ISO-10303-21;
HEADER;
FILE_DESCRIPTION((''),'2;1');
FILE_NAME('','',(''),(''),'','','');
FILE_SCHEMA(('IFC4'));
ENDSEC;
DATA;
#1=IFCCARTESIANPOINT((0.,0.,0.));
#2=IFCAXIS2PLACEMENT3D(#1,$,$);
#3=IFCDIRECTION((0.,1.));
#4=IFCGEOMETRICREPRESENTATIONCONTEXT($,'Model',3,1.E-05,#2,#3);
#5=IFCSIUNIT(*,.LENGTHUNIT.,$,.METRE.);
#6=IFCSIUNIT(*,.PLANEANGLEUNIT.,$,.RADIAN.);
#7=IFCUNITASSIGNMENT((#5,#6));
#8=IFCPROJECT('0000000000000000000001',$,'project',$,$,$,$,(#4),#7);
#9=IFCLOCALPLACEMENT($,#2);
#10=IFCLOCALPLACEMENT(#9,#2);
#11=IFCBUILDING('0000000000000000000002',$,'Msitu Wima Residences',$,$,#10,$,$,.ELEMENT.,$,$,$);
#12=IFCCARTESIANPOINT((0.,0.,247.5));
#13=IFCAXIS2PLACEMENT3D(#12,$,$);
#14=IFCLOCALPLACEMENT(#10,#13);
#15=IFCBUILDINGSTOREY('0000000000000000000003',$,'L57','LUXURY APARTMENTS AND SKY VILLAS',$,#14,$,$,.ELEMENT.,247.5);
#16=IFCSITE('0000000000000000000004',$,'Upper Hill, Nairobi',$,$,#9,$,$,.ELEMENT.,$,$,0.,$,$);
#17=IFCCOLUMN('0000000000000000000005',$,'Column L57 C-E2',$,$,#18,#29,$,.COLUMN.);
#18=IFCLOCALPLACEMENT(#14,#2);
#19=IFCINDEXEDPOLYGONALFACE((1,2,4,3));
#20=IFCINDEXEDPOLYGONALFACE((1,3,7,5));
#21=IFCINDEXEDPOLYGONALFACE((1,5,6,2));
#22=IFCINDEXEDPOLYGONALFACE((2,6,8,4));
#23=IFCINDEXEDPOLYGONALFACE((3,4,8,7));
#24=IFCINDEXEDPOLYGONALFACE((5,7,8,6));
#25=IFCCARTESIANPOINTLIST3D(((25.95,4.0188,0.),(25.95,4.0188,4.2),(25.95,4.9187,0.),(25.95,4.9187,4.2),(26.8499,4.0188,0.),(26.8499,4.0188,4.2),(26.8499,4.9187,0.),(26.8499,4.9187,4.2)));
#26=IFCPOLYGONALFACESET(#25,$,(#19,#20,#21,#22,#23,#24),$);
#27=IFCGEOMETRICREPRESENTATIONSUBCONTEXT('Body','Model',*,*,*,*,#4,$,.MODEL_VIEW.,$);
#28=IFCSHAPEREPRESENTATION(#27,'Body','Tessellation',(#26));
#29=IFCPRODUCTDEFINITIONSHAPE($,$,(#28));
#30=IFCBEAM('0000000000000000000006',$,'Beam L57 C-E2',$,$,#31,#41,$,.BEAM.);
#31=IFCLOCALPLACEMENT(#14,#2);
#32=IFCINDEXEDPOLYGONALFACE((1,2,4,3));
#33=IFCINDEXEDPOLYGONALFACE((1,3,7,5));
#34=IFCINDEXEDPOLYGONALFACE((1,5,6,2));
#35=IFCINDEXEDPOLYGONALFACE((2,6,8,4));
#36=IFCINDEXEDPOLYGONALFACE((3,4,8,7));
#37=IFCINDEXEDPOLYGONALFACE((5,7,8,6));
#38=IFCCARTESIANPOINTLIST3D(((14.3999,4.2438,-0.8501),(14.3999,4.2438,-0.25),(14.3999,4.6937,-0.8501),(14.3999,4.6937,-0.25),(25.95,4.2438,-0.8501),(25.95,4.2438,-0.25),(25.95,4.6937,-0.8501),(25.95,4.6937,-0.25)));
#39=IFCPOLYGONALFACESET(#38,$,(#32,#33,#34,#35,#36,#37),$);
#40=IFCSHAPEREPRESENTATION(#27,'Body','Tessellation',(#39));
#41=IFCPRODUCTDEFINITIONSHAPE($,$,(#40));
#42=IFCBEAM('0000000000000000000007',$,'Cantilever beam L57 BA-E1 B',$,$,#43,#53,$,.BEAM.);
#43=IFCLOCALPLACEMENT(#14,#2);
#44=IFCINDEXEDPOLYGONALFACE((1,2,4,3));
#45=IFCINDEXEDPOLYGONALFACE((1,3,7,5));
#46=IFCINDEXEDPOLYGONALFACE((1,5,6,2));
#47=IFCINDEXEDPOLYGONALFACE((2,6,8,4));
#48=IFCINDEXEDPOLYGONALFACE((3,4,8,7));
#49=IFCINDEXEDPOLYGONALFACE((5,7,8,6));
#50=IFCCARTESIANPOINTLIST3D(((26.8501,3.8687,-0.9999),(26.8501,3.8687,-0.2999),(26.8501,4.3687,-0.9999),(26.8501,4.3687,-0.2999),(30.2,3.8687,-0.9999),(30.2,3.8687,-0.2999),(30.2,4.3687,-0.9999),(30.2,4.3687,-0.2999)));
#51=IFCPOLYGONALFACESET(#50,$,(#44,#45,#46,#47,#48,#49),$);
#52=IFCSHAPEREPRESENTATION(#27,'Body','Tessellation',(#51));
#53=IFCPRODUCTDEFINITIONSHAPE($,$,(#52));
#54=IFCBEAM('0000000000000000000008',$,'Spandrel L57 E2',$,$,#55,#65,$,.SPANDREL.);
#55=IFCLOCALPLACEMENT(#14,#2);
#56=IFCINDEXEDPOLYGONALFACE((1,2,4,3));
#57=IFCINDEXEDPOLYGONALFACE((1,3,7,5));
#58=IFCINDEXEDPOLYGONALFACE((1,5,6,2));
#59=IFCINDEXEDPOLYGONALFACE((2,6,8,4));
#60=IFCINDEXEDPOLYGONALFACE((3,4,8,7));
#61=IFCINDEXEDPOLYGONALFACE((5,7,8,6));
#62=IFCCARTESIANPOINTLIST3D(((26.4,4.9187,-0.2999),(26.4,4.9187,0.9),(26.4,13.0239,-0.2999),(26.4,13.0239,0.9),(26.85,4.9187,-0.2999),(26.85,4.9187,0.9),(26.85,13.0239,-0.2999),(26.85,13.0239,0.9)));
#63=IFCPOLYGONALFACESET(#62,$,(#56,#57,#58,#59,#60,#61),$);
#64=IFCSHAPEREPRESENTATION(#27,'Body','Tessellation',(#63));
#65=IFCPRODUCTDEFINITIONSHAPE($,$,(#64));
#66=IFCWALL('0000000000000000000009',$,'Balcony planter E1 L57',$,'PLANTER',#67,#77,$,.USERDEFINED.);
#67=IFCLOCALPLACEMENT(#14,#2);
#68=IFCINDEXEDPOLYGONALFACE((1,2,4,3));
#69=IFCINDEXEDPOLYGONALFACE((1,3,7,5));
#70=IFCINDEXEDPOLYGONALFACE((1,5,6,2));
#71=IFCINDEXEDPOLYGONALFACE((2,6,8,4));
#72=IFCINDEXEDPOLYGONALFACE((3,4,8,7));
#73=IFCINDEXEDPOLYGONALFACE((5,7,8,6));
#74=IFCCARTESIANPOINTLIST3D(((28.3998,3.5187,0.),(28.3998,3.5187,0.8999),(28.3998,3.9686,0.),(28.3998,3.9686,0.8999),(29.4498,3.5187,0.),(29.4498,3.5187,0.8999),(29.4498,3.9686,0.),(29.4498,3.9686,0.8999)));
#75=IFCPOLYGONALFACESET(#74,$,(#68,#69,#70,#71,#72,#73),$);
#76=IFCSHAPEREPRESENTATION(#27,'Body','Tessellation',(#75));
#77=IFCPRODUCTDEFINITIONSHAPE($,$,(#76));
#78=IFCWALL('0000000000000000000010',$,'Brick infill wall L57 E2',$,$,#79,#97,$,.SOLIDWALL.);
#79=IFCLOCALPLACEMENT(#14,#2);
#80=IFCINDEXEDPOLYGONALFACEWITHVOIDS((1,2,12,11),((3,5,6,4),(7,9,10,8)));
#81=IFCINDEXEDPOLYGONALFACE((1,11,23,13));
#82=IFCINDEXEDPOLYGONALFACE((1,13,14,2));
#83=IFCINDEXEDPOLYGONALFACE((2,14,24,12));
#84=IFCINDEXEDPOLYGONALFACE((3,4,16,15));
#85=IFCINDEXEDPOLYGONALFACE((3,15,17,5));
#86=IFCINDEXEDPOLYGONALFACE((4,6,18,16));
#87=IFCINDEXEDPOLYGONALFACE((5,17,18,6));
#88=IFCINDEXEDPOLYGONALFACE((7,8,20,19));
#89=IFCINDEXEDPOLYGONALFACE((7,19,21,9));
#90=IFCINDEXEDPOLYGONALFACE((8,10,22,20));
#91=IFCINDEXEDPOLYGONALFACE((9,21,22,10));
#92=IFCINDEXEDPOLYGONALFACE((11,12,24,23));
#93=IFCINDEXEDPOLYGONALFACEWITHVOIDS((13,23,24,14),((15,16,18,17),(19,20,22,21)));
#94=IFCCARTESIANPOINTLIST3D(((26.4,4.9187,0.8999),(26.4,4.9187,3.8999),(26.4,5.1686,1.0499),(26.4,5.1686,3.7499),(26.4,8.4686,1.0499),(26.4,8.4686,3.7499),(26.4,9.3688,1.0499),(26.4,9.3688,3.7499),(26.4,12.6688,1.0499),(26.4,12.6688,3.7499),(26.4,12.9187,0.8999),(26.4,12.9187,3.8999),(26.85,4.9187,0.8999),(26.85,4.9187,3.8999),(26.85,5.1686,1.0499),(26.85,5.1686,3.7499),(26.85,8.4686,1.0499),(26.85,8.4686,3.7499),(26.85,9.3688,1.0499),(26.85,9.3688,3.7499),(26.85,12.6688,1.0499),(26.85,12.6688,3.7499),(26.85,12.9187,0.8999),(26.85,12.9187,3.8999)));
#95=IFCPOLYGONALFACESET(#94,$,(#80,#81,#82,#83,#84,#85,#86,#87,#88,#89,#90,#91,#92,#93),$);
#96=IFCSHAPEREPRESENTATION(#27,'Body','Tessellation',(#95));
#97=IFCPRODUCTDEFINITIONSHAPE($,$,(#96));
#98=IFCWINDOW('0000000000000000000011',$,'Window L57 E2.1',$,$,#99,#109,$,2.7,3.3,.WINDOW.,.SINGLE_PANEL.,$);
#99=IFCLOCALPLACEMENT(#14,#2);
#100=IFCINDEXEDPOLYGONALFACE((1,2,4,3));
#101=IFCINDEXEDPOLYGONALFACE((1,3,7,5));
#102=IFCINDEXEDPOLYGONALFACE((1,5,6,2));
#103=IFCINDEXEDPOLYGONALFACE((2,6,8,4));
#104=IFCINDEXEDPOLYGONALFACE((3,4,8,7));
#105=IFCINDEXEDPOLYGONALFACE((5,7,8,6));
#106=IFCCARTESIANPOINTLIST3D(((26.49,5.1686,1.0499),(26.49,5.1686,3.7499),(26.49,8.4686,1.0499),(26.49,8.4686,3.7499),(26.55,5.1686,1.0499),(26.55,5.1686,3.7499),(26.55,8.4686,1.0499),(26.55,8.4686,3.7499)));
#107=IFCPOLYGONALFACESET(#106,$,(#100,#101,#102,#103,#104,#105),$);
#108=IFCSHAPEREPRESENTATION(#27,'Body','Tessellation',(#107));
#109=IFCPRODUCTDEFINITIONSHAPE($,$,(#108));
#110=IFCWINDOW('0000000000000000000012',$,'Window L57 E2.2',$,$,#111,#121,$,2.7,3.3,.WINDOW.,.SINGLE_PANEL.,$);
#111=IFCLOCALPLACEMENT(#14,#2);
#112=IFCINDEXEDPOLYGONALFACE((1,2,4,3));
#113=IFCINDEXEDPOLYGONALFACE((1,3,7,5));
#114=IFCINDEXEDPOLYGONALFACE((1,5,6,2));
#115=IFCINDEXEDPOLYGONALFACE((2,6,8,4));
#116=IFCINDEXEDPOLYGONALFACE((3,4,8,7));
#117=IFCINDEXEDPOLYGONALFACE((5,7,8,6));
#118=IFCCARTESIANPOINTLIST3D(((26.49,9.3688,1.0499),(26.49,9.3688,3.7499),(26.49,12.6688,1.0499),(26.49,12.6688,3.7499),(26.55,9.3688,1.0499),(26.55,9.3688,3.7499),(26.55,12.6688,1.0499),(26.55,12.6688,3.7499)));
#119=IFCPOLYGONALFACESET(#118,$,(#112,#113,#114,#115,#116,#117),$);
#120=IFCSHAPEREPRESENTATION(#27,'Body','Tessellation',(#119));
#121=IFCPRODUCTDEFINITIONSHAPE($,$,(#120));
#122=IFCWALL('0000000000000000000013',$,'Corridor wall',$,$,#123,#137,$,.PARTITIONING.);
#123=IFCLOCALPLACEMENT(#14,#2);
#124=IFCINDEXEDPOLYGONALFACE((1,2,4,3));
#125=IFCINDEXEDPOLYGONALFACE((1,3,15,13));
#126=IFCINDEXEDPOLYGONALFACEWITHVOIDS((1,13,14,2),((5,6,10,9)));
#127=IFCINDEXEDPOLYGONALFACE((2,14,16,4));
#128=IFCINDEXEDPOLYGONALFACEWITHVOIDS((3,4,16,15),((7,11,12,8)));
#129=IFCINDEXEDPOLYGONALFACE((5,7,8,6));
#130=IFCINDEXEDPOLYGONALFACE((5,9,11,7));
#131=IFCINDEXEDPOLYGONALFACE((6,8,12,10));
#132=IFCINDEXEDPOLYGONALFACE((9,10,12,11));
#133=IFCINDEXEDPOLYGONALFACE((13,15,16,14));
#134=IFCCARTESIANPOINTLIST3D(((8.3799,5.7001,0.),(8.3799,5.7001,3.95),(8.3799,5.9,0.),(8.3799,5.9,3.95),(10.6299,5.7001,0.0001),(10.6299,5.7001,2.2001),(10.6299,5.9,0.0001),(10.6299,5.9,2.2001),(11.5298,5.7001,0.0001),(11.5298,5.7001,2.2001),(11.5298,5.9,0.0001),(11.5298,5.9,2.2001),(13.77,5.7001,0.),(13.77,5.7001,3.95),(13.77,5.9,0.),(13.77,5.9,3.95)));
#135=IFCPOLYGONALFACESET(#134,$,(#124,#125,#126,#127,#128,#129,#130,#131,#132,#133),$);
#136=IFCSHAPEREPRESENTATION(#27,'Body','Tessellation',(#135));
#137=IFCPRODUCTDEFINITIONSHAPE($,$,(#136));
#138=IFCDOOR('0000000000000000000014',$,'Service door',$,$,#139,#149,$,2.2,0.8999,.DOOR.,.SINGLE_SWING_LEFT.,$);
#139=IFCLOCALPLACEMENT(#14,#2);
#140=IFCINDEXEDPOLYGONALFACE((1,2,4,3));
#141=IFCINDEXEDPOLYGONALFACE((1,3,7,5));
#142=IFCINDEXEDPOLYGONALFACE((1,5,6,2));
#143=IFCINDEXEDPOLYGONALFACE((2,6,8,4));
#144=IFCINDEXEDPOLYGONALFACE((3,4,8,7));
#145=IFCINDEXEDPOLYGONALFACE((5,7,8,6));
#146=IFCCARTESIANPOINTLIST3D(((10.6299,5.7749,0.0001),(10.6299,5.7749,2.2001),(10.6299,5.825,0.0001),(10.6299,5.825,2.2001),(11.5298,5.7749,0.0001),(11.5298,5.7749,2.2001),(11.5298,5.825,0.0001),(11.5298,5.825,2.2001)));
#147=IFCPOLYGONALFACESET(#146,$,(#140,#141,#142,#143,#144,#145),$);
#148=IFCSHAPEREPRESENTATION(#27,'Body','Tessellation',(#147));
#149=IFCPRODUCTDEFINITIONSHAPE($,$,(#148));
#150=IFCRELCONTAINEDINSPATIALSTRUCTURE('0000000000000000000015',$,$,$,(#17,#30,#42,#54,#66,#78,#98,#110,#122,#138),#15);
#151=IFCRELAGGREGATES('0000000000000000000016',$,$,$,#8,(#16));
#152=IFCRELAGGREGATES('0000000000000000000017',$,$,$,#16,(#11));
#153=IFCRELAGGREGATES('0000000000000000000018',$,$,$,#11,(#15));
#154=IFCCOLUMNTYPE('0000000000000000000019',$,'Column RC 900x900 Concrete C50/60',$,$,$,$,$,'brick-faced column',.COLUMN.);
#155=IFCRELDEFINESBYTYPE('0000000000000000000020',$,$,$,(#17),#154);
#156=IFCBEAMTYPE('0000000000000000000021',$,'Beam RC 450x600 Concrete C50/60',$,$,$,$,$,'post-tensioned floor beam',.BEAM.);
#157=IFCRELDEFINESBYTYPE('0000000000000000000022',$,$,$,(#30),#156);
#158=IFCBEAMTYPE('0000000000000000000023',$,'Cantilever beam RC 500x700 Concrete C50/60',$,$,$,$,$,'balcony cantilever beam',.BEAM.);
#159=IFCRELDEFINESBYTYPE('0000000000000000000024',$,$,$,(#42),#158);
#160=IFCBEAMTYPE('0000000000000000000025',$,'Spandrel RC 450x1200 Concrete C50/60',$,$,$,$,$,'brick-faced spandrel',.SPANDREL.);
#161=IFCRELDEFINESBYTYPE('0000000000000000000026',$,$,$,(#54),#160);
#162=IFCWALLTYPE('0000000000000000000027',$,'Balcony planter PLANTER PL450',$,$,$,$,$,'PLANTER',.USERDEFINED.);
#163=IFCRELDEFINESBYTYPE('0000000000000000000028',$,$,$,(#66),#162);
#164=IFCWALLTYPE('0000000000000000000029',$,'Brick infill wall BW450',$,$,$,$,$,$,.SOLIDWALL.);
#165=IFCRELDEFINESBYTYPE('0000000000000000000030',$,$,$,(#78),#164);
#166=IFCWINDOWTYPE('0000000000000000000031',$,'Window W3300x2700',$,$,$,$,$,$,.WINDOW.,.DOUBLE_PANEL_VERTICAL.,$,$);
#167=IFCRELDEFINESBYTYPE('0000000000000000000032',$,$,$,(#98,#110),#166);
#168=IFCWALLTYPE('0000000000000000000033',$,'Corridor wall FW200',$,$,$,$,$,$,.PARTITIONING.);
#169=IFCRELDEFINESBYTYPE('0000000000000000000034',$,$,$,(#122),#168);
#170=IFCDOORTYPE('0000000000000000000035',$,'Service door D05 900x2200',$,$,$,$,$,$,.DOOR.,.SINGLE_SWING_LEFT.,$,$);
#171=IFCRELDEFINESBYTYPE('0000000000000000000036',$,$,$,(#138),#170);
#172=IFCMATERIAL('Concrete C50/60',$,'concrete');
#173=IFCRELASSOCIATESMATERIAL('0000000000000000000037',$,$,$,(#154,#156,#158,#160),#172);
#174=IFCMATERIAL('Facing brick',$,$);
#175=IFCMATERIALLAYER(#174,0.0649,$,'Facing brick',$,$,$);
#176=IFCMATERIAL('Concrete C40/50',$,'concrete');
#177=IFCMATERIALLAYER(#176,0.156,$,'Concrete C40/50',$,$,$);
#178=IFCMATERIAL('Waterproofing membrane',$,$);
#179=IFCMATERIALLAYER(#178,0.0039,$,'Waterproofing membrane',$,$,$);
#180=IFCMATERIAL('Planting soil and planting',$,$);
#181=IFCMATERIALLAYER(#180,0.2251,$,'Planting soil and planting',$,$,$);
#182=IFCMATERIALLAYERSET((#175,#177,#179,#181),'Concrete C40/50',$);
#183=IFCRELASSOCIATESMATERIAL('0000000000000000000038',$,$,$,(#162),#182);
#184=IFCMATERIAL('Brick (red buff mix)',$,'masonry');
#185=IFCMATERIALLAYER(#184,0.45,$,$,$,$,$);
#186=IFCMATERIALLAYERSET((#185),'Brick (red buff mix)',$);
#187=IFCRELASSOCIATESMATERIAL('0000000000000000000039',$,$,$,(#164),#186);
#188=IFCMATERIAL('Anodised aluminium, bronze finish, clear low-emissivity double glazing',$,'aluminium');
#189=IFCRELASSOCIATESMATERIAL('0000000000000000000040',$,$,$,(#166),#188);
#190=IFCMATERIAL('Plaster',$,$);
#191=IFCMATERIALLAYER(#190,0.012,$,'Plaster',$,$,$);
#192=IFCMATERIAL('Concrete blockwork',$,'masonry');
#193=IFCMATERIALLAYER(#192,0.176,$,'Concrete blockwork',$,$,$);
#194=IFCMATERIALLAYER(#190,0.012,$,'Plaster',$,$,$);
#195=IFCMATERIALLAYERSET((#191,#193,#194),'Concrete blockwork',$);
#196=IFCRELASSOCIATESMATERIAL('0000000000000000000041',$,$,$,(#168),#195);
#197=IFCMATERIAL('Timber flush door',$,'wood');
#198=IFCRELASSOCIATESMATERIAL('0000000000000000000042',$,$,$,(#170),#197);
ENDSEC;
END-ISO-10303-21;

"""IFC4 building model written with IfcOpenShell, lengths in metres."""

from ifc_helpers import new_model, si_unit, direction, frame, frame_2d, origin, origin_2d, place, context, subcontext, project, spatial, rectangle, extrude, material, layer, layer_set, material_profile, profile_set, type_object, element, fill, save


model = new_model("IFC4")

# Units and contexts
model_context = context("Model", 3, precision=1e-05, world=origin(), true_north=direction((0.0, 1.0)))
body_context = subcontext(model_context, "Body", "Model", "MODEL_VIEW")
ifc_project = project(units=[si_unit("LENGTHUNIT", "METRE"), si_unit("PLANEANGLEUNIT", "RADIAN")], contexts=[model_context])

# Site, building, storey
site_placement = place(None, origin())
site = spatial("IfcSite", under=ifc_project, at=site_placement, Name="Upper Hill, Nairobi", CompositionType="ELEMENT", RefElevation=0.0)
building_placement = place(site_placement, origin())
building = spatial("IfcBuilding", under=site, at=building_placement, Name="Msitu Wima Residences", CompositionType="ELEMENT")
storey_placement = place(building_placement, frame((0.0, 0.0, 247.5)))
storey = spatial("IfcBuildingStorey", under=building, at=storey_placement, Name="L57", Description="LUXURY APARTMENTS AND SKY VILLAS", CompositionType="ELEMENT", Elevation=247.5)

# Column
ifc_material_1 = material(Name="Concrete C50/60", Category="concrete")
ifc_material_profile_1 = material_profile(ifc_material_1, rectangle(XDim=0.8999, YDim=0.8999, at=origin_2d()), Name="RC 900x900")
ifc_profile_set_1 = profile_set([ifc_material_profile_1], Name="Concrete C50/60")
column_type = type_object("IfcColumnType", Name="Column RC 900x900 Concrete C50/60", ElementType="brick-faced column", PredefinedType="COLUMN", material=ifc_profile_set_1)
column_placement = place(storey_placement, frame((26.3999, 4.4688, 0.0), z_axis=(0.0, 0.0, 1.0), x_axis=(0.0, 1.0, 0.0)))
element("IfcColumn", 1, at=column_placement, inside=storey, type_object=column_type, Name="Column L57 C-E2", PredefinedType="COLUMN", context=body_context, shape_type="SweptSolid", body=[
    extrude(rectangle(XDim=0.8999, YDim=0.8999, at=origin_2d()), origin(), (0.0, 0.0, 1.0), 4.2),
])

# Beams
ifc_material_profile_2 = material_profile(ifc_material_1, rectangle(XDim=0.45, YDim=0.6001, at=origin_2d()), Name="RC 450x600")
ifc_profile_set_2 = profile_set([ifc_material_profile_2], Name="Concrete C50/60")
beam_type_1 = type_object("IfcBeamType", Name="Beam RC 450x600 Concrete C50/60", ElementType="post-tensioned floor beam", PredefinedType="BEAM", material=ifc_profile_set_2)
beam_1_placement = place(storey_placement, frame((25.95, 4.4688, -0.55), z_axis=(-1.0, 0.0, 0.0), x_axis=(0.0, -1.0, 0.0)))
element("IfcBeam", 2, at=beam_1_placement, inside=storey, type_object=beam_type_1, Name="Beam L57 C-E2", PredefinedType="BEAM", context=body_context, shape_type="SweptSolid", body=[
    extrude(rectangle(XDim=0.45, YDim=0.6001, at=origin_2d()), origin(), (0.0, 0.0, 1.0), 11.55),
])
ifc_material_profile_3 = material_profile(ifc_material_1, rectangle(XDim=0.5, YDim=0.7, at=origin_2d()), Name="RC 500x700")
ifc_profile_set_3 = profile_set([ifc_material_profile_3], Name="Concrete C50/60")
beam_type_2 = type_object("IfcBeamType", Name="Cantilever beam RC 500x700 Concrete C50/60", ElementType="balcony cantilever beam", PredefinedType="BEAM", material=ifc_profile_set_3)
beam_2_placement = place(storey_placement, frame((26.8501, 4.1187, -0.6499), z_axis=(1.0, 0.0, 0.0), x_axis=(0.0, 1.0, 0.0)))
element("IfcBeam", 3, at=beam_2_placement, inside=storey, type_object=beam_type_2, Name="Cantilever beam L57 BA-E1 B", PredefinedType="BEAM", context=body_context, shape_type="SweptSolid", body=[
    extrude(rectangle(XDim=0.5, YDim=0.7, at=origin_2d()), origin(), (0.0, 0.0, 1.0), 3.3499),
])
ifc_material_profile_4 = material_profile(ifc_material_1, rectangle(XDim=0.45, YDim=1.2, at=origin_2d()), Name="RC 450x1200")
ifc_profile_set_4 = profile_set([ifc_material_profile_4], Name="Concrete C50/60")
beam_type_3 = type_object("IfcBeamType", Name="Spandrel RC 450x1200 Concrete C50/60", ElementType="brick-faced spandrel", PredefinedType="SPANDREL", material=ifc_profile_set_4)
beam_3_placement = place(storey_placement, frame((26.625, 4.9187, 0.3), z_axis=(0.0, 1.0, 0.0), x_axis=(-1.0, 0.0, 0.0)))
element("IfcBeam", 4, at=beam_3_placement, inside=storey, type_object=beam_type_3, Name="Spandrel L57 E2", PredefinedType="SPANDREL", context=body_context, shape_type="SweptSolid", body=[
    extrude(rectangle(XDim=0.45, YDim=1.2, at=origin_2d()), origin(), (0.0, 0.0, 1.0), 8.1052),
])

# Wall
ifc_material_2 = material(Name="Facing brick")
ifc_layer_1 = layer(ifc_material_2, 0.0649, Name="Facing brick")
ifc_material_3 = material(Name="Concrete C40/50", Category="concrete")
ifc_layer_2 = layer(ifc_material_3, 0.156, Name="Concrete C40/50")
ifc_material_4 = material(Name="Waterproofing membrane")
ifc_layer_3 = layer(ifc_material_4, 0.0039, Name="Waterproofing membrane")
ifc_material_5 = material(Name="Planting soil and planting")
ifc_layer_4 = layer(ifc_material_5, 0.2251, Name="Planting soil and planting")
ifc_layer_set_1 = layer_set([ifc_layer_1, ifc_layer_2, ifc_layer_3, ifc_layer_4], Name="Concrete C40/50")
wall_type_1 = type_object("IfcWallType", Name="Balcony planter PLANTER PL450", ElementType="PLANTER", PredefinedType="USERDEFINED", material=ifc_layer_set_1)
wall_1_placement = place(storey_placement, frame((28.3999, 3.7437, 0.0), z_axis=(0.0, 0.0, 1.0), x_axis=(1.0, 0.0, 0.0)))
element("IfcWall", 5, at=wall_1_placement, inside=storey, type_object=wall_type_1, Name="Balcony planter E1 L57", ObjectType="PLANTER", PredefinedType="USERDEFINED", context=body_context, shape_type="SweptSolid", body=[
    extrude(rectangle(XDim=1.05, YDim=0.45, at=frame_2d((0.5249, 0.0))), origin(), (0.0, 0.0, 1.0), 0.8999),
])

# Wall, openings, windows
ifc_material_6 = material(Name="Brick (red buff mix)", Category="masonry")
ifc_layer_5 = layer(ifc_material_6, 0.45)
ifc_layer_set_2 = layer_set([ifc_layer_5], Name="Brick (red buff mix)")
wall_type_2 = type_object("IfcWallType", Name="Brick infill wall BW450", PredefinedType="SOLIDWALL", material=ifc_layer_set_2)
wall_2_placement = place(storey_placement, frame((26.625, 4.9187, 0.8999), z_axis=(0.0, 0.0, 1.0), x_axis=(0.0, 1.0, 0.0)))
wall_2 = element("IfcWall", 6, at=wall_2_placement, inside=storey, type_object=wall_type_2, Name="Brick infill wall L57 E2", PredefinedType="SOLIDWALL", context=body_context, shape_type="SweptSolid", body=[
    extrude(rectangle(XDim=8.0, YDim=0.45, at=frame_2d((4.0, 0.0))), origin(), (0.0, 0.0, 1.0), 3.0),
])
opening_1_placement = place(wall_2_placement, frame((0.25, 0.0, 0.1499)))
opening_1 = element("IfcOpeningElement", 7, at=opening_1_placement, cuts=wall_2, PredefinedType="OPENING", context=body_context, shape_type="SweptSolid", body=[
    extrude(rectangle(XDim=3.3, YDim=2.7, at=frame_2d((1.6499, 1.3501))), frame((0.0, 0.2349, 0.0), z_axis=(0.0, -1.0, 0.0), x_axis=(1.0, 0.0, 0.0)), (0.0, 0.0, 1.0), 0.47),
])
opening_2_placement = place(wall_2_placement, frame((4.4502, 0.0, 0.1499)))
opening_2 = element("IfcOpeningElement", 8, at=opening_2_placement, cuts=wall_2, PredefinedType="OPENING", context=body_context, shape_type="SweptSolid", body=[
    extrude(rectangle(XDim=3.3, YDim=2.7, at=frame_2d((1.6499, 1.3501))), frame((0.0, 0.2349, 0.0), z_axis=(0.0, -1.0, 0.0), x_axis=(1.0, 0.0, 0.0)), (0.0, 0.0, 1.0), 0.47),
])
ifc_material_7 = material(Name="Anodised aluminium, bronze finish, clear low-emissivity double glazing", Category="aluminium")
window_type = type_object("IfcWindowType", Name="Window W3300x2700", PartitioningType="DOUBLE_PANEL_VERTICAL", PredefinedType="WINDOW", material=ifc_material_7)
window_1_placement = place(opening_1_placement, origin())
window_1 = element("IfcWindow", 9, at=window_1_placement, inside=storey, type_object=window_type, Name="Window L57 E2.1", OverallHeight=2.7, OverallWidth=3.3, PartitioningType="SINGLE_PANEL", PredefinedType="WINDOW", context=body_context, shape_type="SweptSolid", body=[
    extrude(rectangle(XDim=3.3, YDim=2.7, at=frame_2d((1.6499, 1.3501))), frame((0.0, 0.135, 0.0), z_axis=(0.0, -1.0, 0.0), x_axis=(1.0, 0.0, 0.0)), (0.0, 0.0, 1.0), 0.0601),
])
fill(opening_1, window_1)
window_2_placement = place(opening_2_placement, origin())
window_2 = element("IfcWindow", 10, at=window_2_placement, inside=storey, type_object=window_type, Name="Window L57 E2.2", OverallHeight=2.7, OverallWidth=3.3, PartitioningType="SINGLE_PANEL", PredefinedType="WINDOW", context=body_context, shape_type="SweptSolid", body=[
    extrude(rectangle(XDim=3.3, YDim=2.7, at=frame_2d((1.6499, 1.3501))), frame((0.0, 0.135, 0.0), z_axis=(0.0, -1.0, 0.0), x_axis=(1.0, 0.0, 0.0)), (0.0, 0.0, 1.0), 0.0601),
])
fill(opening_2, window_2)

# Wall, opening, door
ifc_material_8 = material(Name="Plaster")
ifc_layer_6 = layer(ifc_material_8, 0.012, Name="Plaster")
ifc_material_9 = material(Name="Concrete blockwork", Category="masonry")
ifc_layer_7 = layer(ifc_material_9, 0.176, Name="Concrete blockwork")
ifc_layer_8 = layer(ifc_material_8, 0.012, Name="Plaster")
ifc_layer_set_3 = layer_set([ifc_layer_6, ifc_layer_7, ifc_layer_8], Name="Concrete blockwork")
wall_type_3 = type_object("IfcWallType", Name="Corridor wall FW200", PredefinedType="PARTITIONING", material=ifc_layer_set_3)
wall_3_placement = place(storey_placement, frame((8.3799, 5.8, 0.0), z_axis=(0.0, 0.0, 1.0), x_axis=(1.0, 0.0, 0.0)))
wall_3 = element("IfcWall", 11, at=wall_3_placement, inside=storey, type_object=wall_type_3, Name="Corridor wall", PredefinedType="PARTITIONING", context=body_context, shape_type="SweptSolid", body=[
    extrude(rectangle(XDim=5.3901, YDim=0.2, at=frame_2d((2.6951, 0.0))), origin(), (0.0, 0.0, 1.0), 3.95),
])
opening_3_placement = place(wall_3_placement, frame((2.25, 0.0, 0.0)))
opening_3 = element("IfcOpeningElement", 12, at=opening_3_placement, cuts=wall_3, PredefinedType="OPENING", context=body_context, shape_type="SweptSolid", body=[
    extrude(rectangle(XDim=0.8999, YDim=2.2, at=frame_2d((0.45, 1.1001))), frame((0.0, 0.1099, 0.0), z_axis=(0.0, -1.0, 0.0), x_axis=(1.0, 0.0, 0.0)), (0.0, 0.0, 1.0), 0.22),
])
ifc_material_10 = material(Name="Timber flush door", Category="wood")
door_type_1 = type_object("IfcDoorType", Name="Service door D05 900x2200", OperationType="SINGLE_SWING_LEFT", PredefinedType="DOOR", material=ifc_material_10)
door_1_placement = place(opening_3_placement, origin())
door_1 = element("IfcDoor", 13, at=door_1_placement, inside=storey, type_object=door_type_1, Name="Service door", OperationType="SINGLE_SWING_LEFT", OverallHeight=2.2, OverallWidth=0.8999, PredefinedType="DOOR", context=body_context, shape_type="SweptSolid", body=[
    extrude(rectangle(XDim=0.8999, YDim=2.2, at=frame_2d((0.45, 1.1001))), frame((0.0, 0.0249, 0.0), z_axis=(0.0, -1.0, 0.0), x_axis=(1.0, 0.0, 0.0)), (0.0, 0.0, 1.0), 0.05),
])
fill(opening_3, door_1)

save(model, "model.ifc")
